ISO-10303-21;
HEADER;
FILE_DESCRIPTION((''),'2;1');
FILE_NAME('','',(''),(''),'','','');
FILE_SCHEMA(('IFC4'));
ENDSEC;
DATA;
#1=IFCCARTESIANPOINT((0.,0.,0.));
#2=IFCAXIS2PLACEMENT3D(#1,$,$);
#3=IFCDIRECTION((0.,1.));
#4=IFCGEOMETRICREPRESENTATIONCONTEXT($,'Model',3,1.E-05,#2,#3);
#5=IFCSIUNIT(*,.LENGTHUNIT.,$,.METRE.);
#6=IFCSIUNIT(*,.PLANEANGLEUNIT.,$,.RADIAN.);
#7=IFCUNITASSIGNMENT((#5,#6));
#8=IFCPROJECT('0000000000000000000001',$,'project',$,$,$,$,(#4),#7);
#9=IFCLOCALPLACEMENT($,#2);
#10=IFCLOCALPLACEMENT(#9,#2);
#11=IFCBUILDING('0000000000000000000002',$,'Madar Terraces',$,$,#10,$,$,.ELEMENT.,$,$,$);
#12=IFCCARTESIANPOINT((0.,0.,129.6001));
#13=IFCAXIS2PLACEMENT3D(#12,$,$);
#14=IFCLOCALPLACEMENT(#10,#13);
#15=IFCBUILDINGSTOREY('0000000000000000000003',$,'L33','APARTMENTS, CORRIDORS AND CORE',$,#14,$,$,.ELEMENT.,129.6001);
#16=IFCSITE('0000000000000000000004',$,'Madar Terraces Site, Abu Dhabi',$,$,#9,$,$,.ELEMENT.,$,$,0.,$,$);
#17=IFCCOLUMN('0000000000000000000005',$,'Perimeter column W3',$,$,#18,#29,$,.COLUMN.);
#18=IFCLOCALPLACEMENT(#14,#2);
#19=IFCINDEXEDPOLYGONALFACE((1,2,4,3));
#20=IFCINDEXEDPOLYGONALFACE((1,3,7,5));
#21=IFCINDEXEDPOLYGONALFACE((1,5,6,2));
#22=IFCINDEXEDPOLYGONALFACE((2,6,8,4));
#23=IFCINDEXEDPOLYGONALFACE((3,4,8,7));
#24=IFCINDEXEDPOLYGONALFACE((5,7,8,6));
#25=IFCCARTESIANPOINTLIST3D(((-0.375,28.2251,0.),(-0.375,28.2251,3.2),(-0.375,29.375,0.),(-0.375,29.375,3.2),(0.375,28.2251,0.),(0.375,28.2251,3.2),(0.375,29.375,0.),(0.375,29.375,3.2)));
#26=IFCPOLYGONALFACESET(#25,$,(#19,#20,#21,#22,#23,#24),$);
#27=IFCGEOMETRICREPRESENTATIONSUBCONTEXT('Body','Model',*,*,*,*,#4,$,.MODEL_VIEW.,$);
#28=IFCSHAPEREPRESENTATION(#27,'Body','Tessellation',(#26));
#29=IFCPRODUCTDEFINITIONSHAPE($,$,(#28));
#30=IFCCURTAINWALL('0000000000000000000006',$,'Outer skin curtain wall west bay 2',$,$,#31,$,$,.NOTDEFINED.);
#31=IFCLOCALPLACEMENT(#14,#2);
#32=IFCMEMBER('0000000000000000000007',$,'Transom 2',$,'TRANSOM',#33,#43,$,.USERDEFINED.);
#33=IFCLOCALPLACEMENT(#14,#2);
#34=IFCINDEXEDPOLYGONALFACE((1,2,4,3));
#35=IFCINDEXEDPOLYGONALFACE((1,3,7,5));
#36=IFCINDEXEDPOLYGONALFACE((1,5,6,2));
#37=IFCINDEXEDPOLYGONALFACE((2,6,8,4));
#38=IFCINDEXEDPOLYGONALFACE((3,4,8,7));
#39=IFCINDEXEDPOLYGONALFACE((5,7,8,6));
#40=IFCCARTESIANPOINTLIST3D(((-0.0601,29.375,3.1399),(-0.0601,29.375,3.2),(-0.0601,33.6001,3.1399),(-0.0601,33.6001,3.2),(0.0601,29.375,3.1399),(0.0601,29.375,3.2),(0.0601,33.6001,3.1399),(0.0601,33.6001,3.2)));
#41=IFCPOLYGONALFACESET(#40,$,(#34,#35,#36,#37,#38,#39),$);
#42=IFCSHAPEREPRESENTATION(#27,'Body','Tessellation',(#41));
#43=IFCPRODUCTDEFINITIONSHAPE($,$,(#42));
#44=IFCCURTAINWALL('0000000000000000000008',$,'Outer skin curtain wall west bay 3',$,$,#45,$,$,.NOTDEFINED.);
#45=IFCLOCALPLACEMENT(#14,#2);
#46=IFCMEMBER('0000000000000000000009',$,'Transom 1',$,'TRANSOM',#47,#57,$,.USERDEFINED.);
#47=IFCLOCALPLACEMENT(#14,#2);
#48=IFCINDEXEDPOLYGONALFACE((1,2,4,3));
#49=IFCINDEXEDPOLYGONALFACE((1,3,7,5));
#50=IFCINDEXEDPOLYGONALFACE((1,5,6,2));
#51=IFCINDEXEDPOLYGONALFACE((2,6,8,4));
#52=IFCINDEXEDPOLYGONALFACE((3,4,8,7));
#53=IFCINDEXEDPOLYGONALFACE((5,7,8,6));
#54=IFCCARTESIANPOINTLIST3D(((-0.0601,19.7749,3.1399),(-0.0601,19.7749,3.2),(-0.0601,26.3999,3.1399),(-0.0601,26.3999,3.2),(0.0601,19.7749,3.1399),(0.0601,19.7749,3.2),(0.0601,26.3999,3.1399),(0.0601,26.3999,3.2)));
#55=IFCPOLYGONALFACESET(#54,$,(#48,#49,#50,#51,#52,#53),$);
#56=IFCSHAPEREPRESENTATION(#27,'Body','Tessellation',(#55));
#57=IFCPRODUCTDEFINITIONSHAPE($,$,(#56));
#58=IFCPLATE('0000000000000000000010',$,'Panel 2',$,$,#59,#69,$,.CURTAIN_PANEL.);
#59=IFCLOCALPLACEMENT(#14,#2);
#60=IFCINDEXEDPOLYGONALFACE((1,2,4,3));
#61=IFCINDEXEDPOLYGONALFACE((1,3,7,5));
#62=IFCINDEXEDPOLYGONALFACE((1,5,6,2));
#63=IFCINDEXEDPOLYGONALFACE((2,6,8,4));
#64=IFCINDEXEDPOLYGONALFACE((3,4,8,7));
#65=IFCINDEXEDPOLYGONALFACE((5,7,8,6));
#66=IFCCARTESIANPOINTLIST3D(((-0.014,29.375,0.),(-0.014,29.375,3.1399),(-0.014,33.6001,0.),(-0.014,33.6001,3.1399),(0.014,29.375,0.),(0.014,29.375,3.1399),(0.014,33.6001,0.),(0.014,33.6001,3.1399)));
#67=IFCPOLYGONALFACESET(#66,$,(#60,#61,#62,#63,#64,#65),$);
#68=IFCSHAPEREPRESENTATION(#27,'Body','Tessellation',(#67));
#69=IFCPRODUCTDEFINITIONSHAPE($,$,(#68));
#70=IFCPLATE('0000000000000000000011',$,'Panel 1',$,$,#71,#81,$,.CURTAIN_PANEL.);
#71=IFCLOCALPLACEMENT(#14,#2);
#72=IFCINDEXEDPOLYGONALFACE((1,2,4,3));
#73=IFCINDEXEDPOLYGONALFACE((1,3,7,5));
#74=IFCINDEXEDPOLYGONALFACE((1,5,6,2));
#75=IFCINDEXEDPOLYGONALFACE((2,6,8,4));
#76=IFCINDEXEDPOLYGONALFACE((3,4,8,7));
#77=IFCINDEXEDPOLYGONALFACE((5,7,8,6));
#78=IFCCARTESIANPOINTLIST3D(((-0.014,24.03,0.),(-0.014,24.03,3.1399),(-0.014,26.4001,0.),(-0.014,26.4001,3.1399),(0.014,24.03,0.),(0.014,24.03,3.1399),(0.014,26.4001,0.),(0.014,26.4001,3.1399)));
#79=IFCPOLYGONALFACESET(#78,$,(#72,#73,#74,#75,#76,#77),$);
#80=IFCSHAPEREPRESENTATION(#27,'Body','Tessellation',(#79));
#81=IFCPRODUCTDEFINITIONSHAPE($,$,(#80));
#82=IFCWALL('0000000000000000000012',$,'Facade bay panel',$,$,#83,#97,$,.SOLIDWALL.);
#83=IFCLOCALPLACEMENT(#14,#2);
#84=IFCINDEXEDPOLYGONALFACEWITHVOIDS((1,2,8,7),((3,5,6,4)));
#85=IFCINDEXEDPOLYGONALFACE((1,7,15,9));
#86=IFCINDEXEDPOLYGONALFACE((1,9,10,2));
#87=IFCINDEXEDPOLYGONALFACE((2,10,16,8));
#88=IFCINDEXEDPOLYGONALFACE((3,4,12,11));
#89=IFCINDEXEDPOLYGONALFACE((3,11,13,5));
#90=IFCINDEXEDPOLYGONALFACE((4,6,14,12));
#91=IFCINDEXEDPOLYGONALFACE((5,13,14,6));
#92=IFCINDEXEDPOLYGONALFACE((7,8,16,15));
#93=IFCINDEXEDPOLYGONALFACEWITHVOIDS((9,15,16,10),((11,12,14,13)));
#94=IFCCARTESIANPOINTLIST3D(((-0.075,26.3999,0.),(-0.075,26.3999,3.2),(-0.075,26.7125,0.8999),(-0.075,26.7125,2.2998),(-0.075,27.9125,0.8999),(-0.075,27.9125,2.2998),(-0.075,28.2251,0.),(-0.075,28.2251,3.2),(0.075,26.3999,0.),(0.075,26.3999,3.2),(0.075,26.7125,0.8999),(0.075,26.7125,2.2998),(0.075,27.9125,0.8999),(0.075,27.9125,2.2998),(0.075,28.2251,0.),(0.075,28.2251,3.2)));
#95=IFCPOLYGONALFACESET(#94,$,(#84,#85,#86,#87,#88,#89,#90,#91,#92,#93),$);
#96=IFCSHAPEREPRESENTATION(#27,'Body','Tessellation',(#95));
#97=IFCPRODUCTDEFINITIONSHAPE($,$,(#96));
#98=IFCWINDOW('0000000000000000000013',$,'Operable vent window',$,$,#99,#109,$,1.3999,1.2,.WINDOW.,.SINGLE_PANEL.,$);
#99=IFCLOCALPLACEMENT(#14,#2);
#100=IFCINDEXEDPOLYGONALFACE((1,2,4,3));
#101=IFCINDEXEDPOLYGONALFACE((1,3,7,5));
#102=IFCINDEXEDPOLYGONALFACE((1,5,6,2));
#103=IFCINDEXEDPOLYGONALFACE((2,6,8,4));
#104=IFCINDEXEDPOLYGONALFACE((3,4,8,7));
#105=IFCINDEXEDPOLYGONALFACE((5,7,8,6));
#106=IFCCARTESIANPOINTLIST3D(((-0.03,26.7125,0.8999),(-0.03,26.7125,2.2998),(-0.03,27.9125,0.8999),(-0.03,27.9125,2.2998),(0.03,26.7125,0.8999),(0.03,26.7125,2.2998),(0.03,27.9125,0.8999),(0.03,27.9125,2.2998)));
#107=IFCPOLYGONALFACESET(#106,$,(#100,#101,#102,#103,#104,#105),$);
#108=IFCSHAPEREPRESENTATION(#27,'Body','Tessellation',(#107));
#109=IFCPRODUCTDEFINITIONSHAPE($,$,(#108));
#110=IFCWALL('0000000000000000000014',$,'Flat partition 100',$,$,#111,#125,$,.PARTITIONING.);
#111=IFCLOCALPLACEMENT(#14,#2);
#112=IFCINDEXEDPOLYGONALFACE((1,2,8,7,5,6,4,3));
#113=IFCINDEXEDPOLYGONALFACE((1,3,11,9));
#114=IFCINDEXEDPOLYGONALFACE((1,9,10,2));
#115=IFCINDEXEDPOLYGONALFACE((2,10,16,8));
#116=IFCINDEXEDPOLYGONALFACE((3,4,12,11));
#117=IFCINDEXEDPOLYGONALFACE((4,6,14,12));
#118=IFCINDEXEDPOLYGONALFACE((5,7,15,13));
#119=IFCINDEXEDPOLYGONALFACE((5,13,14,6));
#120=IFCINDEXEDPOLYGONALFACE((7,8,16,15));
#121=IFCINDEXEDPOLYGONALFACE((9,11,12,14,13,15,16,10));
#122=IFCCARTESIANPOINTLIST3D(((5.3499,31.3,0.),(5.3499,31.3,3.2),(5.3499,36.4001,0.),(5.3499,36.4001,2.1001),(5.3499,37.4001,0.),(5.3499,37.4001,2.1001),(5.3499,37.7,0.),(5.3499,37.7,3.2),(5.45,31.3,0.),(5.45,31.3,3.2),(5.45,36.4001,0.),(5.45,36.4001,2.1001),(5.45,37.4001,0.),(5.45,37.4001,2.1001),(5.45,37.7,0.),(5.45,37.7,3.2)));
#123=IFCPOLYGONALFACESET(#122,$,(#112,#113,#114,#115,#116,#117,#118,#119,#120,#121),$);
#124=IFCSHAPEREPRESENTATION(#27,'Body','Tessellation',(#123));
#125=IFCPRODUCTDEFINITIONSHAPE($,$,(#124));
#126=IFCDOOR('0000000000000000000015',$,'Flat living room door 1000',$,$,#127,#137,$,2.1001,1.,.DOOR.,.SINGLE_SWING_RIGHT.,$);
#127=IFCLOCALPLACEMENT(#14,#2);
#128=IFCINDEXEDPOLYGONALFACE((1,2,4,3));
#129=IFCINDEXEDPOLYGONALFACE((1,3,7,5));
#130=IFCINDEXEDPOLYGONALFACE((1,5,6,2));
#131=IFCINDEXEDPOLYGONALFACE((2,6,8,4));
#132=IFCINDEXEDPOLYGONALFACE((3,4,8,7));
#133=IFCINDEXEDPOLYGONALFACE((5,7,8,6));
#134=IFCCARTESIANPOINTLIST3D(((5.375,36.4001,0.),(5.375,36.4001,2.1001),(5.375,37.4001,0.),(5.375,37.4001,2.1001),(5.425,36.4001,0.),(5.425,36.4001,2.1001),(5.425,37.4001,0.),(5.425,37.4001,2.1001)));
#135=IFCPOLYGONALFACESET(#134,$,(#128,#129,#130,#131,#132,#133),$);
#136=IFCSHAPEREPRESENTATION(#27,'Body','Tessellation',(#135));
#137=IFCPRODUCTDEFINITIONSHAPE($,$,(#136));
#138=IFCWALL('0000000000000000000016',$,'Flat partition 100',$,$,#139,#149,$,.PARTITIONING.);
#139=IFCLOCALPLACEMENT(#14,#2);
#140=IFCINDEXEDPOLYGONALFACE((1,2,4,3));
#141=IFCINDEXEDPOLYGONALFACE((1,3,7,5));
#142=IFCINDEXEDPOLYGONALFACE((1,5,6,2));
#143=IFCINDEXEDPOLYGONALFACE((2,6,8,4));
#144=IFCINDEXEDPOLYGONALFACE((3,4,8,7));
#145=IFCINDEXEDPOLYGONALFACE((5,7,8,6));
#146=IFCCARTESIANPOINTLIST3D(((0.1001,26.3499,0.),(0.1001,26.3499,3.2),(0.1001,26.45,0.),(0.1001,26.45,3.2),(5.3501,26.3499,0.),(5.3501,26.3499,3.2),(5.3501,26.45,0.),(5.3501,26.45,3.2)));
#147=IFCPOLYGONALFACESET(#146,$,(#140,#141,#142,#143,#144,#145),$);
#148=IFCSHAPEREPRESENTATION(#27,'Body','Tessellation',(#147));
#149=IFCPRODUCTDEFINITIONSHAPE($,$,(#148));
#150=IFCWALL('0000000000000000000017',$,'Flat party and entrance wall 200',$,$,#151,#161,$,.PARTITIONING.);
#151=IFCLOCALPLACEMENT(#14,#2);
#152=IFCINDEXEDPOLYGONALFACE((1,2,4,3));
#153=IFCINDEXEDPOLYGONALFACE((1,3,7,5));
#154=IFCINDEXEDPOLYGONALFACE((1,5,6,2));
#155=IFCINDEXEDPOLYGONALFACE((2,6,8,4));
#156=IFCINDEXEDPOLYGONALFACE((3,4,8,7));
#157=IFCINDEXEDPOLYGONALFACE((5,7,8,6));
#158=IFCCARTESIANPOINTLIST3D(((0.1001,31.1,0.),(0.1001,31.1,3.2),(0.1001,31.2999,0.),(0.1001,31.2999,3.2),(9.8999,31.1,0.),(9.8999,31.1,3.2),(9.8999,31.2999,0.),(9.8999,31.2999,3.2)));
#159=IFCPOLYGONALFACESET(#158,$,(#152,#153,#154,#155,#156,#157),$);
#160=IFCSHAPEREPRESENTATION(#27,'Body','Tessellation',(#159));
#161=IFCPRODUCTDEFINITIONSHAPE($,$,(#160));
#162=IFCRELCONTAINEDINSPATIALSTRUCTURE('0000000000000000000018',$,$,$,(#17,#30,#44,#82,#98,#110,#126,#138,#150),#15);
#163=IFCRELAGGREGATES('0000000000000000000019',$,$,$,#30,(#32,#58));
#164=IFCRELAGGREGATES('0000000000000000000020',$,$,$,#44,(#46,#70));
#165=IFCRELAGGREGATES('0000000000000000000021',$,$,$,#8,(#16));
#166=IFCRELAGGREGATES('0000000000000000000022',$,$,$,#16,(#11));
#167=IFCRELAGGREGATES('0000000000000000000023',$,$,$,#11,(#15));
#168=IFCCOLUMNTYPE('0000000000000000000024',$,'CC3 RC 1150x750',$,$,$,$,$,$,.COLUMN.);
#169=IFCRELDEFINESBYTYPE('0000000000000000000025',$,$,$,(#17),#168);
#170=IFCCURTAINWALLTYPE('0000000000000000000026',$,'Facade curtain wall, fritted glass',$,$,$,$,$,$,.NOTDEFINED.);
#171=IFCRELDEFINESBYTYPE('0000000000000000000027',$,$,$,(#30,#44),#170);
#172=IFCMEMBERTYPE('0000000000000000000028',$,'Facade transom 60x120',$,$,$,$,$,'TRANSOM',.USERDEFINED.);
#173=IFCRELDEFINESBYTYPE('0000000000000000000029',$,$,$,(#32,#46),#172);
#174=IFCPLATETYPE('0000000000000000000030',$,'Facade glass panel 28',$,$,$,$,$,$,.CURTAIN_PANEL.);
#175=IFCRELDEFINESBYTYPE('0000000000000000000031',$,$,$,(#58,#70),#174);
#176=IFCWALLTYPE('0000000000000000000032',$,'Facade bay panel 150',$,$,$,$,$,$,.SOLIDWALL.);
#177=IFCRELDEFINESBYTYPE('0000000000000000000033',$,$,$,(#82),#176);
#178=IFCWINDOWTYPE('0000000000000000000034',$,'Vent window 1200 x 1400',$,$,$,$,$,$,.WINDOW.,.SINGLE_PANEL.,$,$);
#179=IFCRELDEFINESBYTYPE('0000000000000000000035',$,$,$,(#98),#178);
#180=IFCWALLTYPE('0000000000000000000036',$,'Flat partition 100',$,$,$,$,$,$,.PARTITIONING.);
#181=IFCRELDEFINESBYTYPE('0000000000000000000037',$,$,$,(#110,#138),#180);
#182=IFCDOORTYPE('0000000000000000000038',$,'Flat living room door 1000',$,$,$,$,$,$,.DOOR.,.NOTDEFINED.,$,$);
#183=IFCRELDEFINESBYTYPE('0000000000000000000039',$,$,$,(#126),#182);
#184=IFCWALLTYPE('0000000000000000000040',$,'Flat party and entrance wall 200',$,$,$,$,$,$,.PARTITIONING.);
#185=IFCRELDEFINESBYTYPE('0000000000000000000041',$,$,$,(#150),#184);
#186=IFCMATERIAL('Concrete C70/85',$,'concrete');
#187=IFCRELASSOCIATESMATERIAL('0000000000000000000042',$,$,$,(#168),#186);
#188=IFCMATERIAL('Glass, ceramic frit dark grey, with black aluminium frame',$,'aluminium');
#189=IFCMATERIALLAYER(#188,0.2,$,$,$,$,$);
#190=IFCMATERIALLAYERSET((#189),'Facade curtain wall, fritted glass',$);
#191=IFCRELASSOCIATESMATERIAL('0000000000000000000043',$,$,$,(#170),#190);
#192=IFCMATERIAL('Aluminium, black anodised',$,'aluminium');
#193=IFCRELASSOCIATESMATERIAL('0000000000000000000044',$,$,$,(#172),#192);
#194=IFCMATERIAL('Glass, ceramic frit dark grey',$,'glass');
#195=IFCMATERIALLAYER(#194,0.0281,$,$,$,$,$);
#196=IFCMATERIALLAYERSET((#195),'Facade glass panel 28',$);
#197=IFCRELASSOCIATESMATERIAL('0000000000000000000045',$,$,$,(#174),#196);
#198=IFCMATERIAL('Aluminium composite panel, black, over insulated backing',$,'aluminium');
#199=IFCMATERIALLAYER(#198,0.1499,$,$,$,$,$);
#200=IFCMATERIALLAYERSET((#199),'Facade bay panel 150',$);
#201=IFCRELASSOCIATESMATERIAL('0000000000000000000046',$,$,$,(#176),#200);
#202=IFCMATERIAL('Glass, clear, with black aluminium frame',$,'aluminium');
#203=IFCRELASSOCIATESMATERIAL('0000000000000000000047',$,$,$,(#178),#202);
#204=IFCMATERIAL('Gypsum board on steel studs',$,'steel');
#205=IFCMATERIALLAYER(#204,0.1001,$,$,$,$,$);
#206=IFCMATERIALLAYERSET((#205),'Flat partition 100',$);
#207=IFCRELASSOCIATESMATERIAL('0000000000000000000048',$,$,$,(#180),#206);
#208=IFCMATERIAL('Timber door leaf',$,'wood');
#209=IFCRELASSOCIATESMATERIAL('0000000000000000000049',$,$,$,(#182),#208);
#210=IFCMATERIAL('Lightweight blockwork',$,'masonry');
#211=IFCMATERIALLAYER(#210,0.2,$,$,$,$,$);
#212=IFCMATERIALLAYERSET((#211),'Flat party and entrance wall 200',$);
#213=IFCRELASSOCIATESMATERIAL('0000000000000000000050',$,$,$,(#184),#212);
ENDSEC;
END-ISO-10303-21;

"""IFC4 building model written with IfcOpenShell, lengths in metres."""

from ifc_helpers import new_model, si_unit, direction, frame, frame_2d, origin, origin_2d, place, context, subcontext, project, spatial, rectangle, extrude, material, layer, layer_set, material_profile, profile_set, type_object, element, fill, aggregate, save


model = new_model("IFC4")

# Units and contexts
model_context = context("Model", 3, precision=1e-05, world=origin(), true_north=direction((0.0, 1.0)))
body_context = subcontext(model_context, "Body", "Model", "MODEL_VIEW")
ifc_project = project(units=[si_unit("LENGTHUNIT", "METRE"), si_unit("PLANEANGLEUNIT", "RADIAN")], contexts=[model_context])

# Site, building, storey
site_placement = place(None, origin())
site = spatial("IfcSite", under=ifc_project, at=site_placement, Name="Madar Terraces Site, Abu Dhabi", CompositionType="ELEMENT", RefElevation=0.0)
building_placement = place(site_placement, origin())
building = spatial("IfcBuilding", under=site, at=building_placement, Name="Madar Terraces", CompositionType="ELEMENT")
storey_placement = place(building_placement, frame((0.0, 0.0, 129.6001)))
storey = spatial("IfcBuildingStorey", under=building, at=storey_placement, Name="L33", Description="APARTMENTS, CORRIDORS AND CORE", CompositionType="ELEMENT", Elevation=129.6001)

# Column
ifc_material_1 = material(Name="Concrete C70/85", Category="concrete")
ifc_material_profile_1 = material_profile(ifc_material_1, rectangle(XDim=1.1499, YDim=0.75, at=origin_2d()), Name="CC3 RC 1150x750")
ifc_profile_set_1 = profile_set([ifc_material_profile_1], Name="Concrete C70/85")
column_type = type_object("IfcColumnType", Name="CC3 RC 1150x750", PredefinedType="COLUMN", material=ifc_profile_set_1)
column_placement = place(storey_placement, frame((0.0, 28.8, 0.0), z_axis=(0.0, 0.0, 1.0), x_axis=(0.0, 1.0, 0.0)))
element("IfcColumn", 1, at=column_placement, inside=storey, type_object=column_type, Name="Perimeter column W3", PredefinedType="COLUMN", context=body_context, shape_type="SweptSolid", body=[
    extrude(rectangle(XDim=1.1499, YDim=0.75, at=origin_2d()), origin(), (0.0, 0.0, 1.0), 3.2),
])

# Curtain walls, members
ifc_material_2 = material(Name="Glass, ceramic frit dark grey, with black aluminium frame", Category="aluminium")
ifc_layer_1 = layer(ifc_material_2, 0.2)
ifc_layer_set_1 = layer_set([ifc_layer_1], Name="Facade curtain wall, fritted glass")
curtain_wall_type = type_object("IfcCurtainWallType", Name="Facade curtain wall, fritted glass", PredefinedType="NOTDEFINED", material=ifc_layer_set_1)
curtain_wall_1_placement = place(storey_placement, origin())
curtain_wall_1 = element("IfcCurtainWall", 2, at=curtain_wall_1_placement, inside=storey, type_object=curtain_wall_type, Name="Outer skin curtain wall west bay 2", PredefinedType="NOTDEFINED")
ifc_material_3 = material(Name="Aluminium, black anodised", Category="aluminium")
ifc_material_profile_2 = material_profile(ifc_material_3, rectangle(XDim=0.1201, YDim=0.0601, at=origin_2d()), Name="Facade transom 60x120")
ifc_profile_set_2 = profile_set([ifc_material_profile_2], Name="Aluminium, black anodised")
member_type = type_object("IfcMemberType", Name="Facade transom 60x120", ElementType="TRANSOM", PredefinedType="USERDEFINED", material=ifc_profile_set_2)
member_1_placement = place(storey_placement, frame((0.0, 33.6001, 3.1699), z_axis=(0.0, -1.0, 0.0), x_axis=(1.0, 0.0, 0.0)))
member_1 = element("IfcMember", 3, at=member_1_placement, type_object=member_type, Name="Transom 2", ObjectType="TRANSOM", PredefinedType="USERDEFINED", context=body_context, shape_type="SweptSolid", body=[
    extrude(rectangle(XDim=0.1201, YDim=0.0601, at=origin_2d()), origin(), (0.0, 0.0, 1.0), 4.2251),
])
curtain_wall_2_placement = place(storey_placement, origin())
curtain_wall_2 = element("IfcCurtainWall", 4, at=curtain_wall_2_placement, inside=storey, type_object=curtain_wall_type, Name="Outer skin curtain wall west bay 3", PredefinedType="NOTDEFINED")
member_2_placement = place(storey_placement, frame((0.0, 26.3999, 3.1699), z_axis=(0.0, -1.0, 0.0), x_axis=(1.0, 0.0, 0.0)))
member_2 = element("IfcMember", 5, at=member_2_placement, type_object=member_type, Name="Transom 1", ObjectType="TRANSOM", PredefinedType="USERDEFINED", context=body_context, shape_type="SweptSolid", body=[
    extrude(rectangle(XDim=0.1201, YDim=0.0601, at=origin_2d()), origin(), (0.0, 0.0, 1.0), 6.625),
])

# Plates
ifc_material_4 = material(Name="Glass, ceramic frit dark grey", Category="glass")
ifc_layer_2 = layer(ifc_material_4, 0.0281)
ifc_layer_set_2 = layer_set([ifc_layer_2], Name="Facade glass panel 28")
plate_type = type_object("IfcPlateType", Name="Facade glass panel 28", PredefinedType="CURTAIN_PANEL", material=ifc_layer_set_2)
plate_1_placement = place(storey_placement, frame((0.0, 31.4875, 0.0), z_axis=(0.0, 0.0, 1.0), x_axis=(0.0, -1.0, 0.0)))
plate_1 = element("IfcPlate", 6, at=plate_1_placement, type_object=plate_type, Name="Panel 2", PredefinedType="CURTAIN_PANEL", context=body_context, shape_type="SweptSolid", body=[
    extrude(rectangle(XDim=4.2251, YDim=0.0281, at=origin_2d()), origin(), (0.0, 0.0, 1.0), 3.1399),
])
aggregate(curtain_wall_1, [member_1, plate_1])
plate_2_placement = place(storey_placement, frame((0.0, 25.2151, 0.0), z_axis=(0.0, 0.0, 1.0), x_axis=(0.0, -1.0, 0.0)))
plate_2 = element("IfcPlate", 7, at=plate_2_placement, type_object=plate_type, Name="Panel 1", PredefinedType="CURTAIN_PANEL", context=body_context, shape_type="SweptSolid", body=[
    extrude(rectangle(XDim=2.3701, YDim=0.0281, at=origin_2d()), origin(), (0.0, 0.0, 1.0), 3.1399),
])
aggregate(curtain_wall_2, [member_2, plate_2])

# Wall, opening, window
ifc_material_5 = material(Name="Aluminium composite panel, black, over insulated backing", Category="aluminium")
ifc_layer_3 = layer(ifc_material_5, 0.1499)
ifc_layer_set_3 = layer_set([ifc_layer_3], Name="Facade bay panel 150")
wall_type_1 = type_object("IfcWallType", Name="Facade bay panel 150", PredefinedType="SOLIDWALL", material=ifc_layer_set_3)
wall_1_placement = place(storey_placement, frame((0.0, 28.2251, 0.0), z_axis=(0.0, 0.0, 1.0), x_axis=(0.0, -1.0, 0.0)))
wall_1 = element("IfcWall", 8, at=wall_1_placement, inside=storey, type_object=wall_type_1, Name="Facade bay panel", PredefinedType="SOLIDWALL", context=body_context, shape_type="SweptSolid", body=[
    extrude(rectangle(XDim=1.8252, YDim=0.1499, at=frame_2d((0.9126, 0.0))), origin(), (0.0, 0.0, 1.0), 3.2),
])
opening_1_placement = place(wall_1_placement, frame((0.3125, 0.0, 0.8999)))
opening_1 = element("IfcOpeningElement", 9, at=opening_1_placement, cuts=wall_1, PredefinedType="OPENING", context=body_context, shape_type="SweptSolid", body=[
    extrude(rectangle(XDim=1.2, YDim=1.3999, at=frame_2d((0.6001, 0.7))), frame((0.0, 0.085, 0.0), z_axis=(0.0, -1.0, 0.0), x_axis=(1.0, 0.0, 0.0)), (0.0, 0.0, 1.0), 0.1699),
])
ifc_material_6 = material(Name="Glass, clear, with black aluminium frame", Category="aluminium")
window_type = type_object("IfcWindowType", Name="Vent window 1200 x 1400", PartitioningType="SINGLE_PANEL", PredefinedType="WINDOW", material=ifc_material_6)
window_placement = place(opening_1_placement, origin())
window = element("IfcWindow", 10, at=window_placement, inside=storey, type_object=window_type, Name="Operable vent window", OverallHeight=1.3999, OverallWidth=1.2, PartitioningType="SINGLE_PANEL", PredefinedType="WINDOW", context=body_context, shape_type="SweptSolid", body=[
    extrude(rectangle(XDim=1.2, YDim=1.3999, at=frame_2d((0.6001, 0.7))), frame((0.0, 0.03, 0.0), z_axis=(0.0, -1.0, 0.0), x_axis=(1.0, 0.0, 0.0)), (0.0, 0.0, 1.0), 0.0601),
])
fill(opening_1, window)

# Wall, opening, door
ifc_material_7 = material(Name="Gypsum board on steel studs", Category="steel")
ifc_layer_4 = layer(ifc_material_7, 0.1001)
ifc_layer_set_4 = layer_set([ifc_layer_4], Name="Flat partition 100")
wall_type_2 = type_object("IfcWallType", Name="Flat partition 100", PredefinedType="PARTITIONING", material=ifc_layer_set_4)
wall_2_placement = place(storey_placement, frame((5.3999, 31.3, 0.0), z_axis=(0.0, 0.0, 1.0), x_axis=(0.0, 1.0, 0.0)))
wall_2 = element("IfcWall", 11, at=wall_2_placement, inside=storey, type_object=wall_type_2, Name="Flat partition 100", PredefinedType="PARTITIONING", context=body_context, shape_type="SweptSolid", body=[
    extrude(rectangle(XDim=6.3999, YDim=0.1001, at=frame_2d((3.2, 0.0))), origin(), (0.0, 0.0, 1.0), 3.2),
])
opening_2_placement = place(wall_2_placement, frame((5.1001, 0.0, 0.0)))
opening_2 = element("IfcOpeningElement", 12, at=opening_2_placement, cuts=wall_2, PredefinedType="OPENING", context=body_context, shape_type="SweptSolid", body=[
    extrude(rectangle(XDim=1.0, YDim=2.1001, at=frame_2d((0.5, 1.05))), frame((0.0, 0.0601, 0.0), z_axis=(0.0, -1.0, 0.0), x_axis=(1.0, 0.0, 0.0)), (0.0, 0.0, 1.0), 0.1201),
])
ifc_material_8 = material(Name="Timber door leaf", Category="wood")
door_type_1 = type_object("IfcDoorType", Name="Flat living room door 1000", OperationType="NOTDEFINED", PredefinedType="DOOR", material=ifc_material_8)
door_1_placement = place(opening_2_placement, origin())
door_1 = element("IfcDoor", 13, at=door_1_placement, inside=storey, type_object=door_type_1, Name="Flat living room door 1000", OperationType="SINGLE_SWING_RIGHT", OverallHeight=2.1001, OverallWidth=1.0, PredefinedType="DOOR", context=body_context, shape_type="SweptSolid", body=[
    extrude(rectangle(XDim=1.0, YDim=2.1001, at=frame_2d((0.5, 1.05))), frame((0.0, 0.0249, 0.0), z_axis=(0.0, -1.0, 0.0), x_axis=(1.0, 0.0, 0.0)), (0.0, 0.0, 1.0), 0.05),
])
fill(opening_2, door_1)

# Walls
wall_3_placement = place(storey_placement, frame((5.3501, 26.3999, 0.0), z_axis=(0.0, 0.0, 1.0), x_axis=(-1.0, 0.0, 0.0)))
element("IfcWall", 14, at=wall_3_placement, inside=storey, type_object=wall_type_2, Name="Flat partition 100", PredefinedType="PARTITIONING", context=body_context, shape_type="SweptSolid", body=[
    extrude(rectangle(XDim=5.25, YDim=0.1001, at=frame_2d((2.625, 0.0))), origin(), (0.0, 0.0, 1.0), 3.2),
])
ifc_material_9 = material(Name="Lightweight blockwork", Category="masonry")
ifc_layer_5 = layer(ifc_material_9, 0.2)
ifc_layer_set_5 = layer_set([ifc_layer_5], Name="Flat party and entrance wall 200")
wall_type_3 = type_object("IfcWallType", Name="Flat party and entrance wall 200", PredefinedType="PARTITIONING", material=ifc_layer_set_5)
wall_4_placement = place(storey_placement, frame((0.1001, 31.2, 0.0), z_axis=(0.0, 0.0, 1.0), x_axis=(1.0, 0.0, 0.0)))
element("IfcWall", 15, at=wall_4_placement, inside=storey, type_object=wall_type_3, Name="Flat party and entrance wall 200", PredefinedType="PARTITIONING", context=body_context, shape_type="SweptSolid", body=[
    extrude(rectangle(XDim=9.7998, YDim=0.2, at=frame_2d((4.8999, 0.0))), origin(), (0.0, 0.0, 1.0), 3.2),
])

save(model, "model.ifc")
